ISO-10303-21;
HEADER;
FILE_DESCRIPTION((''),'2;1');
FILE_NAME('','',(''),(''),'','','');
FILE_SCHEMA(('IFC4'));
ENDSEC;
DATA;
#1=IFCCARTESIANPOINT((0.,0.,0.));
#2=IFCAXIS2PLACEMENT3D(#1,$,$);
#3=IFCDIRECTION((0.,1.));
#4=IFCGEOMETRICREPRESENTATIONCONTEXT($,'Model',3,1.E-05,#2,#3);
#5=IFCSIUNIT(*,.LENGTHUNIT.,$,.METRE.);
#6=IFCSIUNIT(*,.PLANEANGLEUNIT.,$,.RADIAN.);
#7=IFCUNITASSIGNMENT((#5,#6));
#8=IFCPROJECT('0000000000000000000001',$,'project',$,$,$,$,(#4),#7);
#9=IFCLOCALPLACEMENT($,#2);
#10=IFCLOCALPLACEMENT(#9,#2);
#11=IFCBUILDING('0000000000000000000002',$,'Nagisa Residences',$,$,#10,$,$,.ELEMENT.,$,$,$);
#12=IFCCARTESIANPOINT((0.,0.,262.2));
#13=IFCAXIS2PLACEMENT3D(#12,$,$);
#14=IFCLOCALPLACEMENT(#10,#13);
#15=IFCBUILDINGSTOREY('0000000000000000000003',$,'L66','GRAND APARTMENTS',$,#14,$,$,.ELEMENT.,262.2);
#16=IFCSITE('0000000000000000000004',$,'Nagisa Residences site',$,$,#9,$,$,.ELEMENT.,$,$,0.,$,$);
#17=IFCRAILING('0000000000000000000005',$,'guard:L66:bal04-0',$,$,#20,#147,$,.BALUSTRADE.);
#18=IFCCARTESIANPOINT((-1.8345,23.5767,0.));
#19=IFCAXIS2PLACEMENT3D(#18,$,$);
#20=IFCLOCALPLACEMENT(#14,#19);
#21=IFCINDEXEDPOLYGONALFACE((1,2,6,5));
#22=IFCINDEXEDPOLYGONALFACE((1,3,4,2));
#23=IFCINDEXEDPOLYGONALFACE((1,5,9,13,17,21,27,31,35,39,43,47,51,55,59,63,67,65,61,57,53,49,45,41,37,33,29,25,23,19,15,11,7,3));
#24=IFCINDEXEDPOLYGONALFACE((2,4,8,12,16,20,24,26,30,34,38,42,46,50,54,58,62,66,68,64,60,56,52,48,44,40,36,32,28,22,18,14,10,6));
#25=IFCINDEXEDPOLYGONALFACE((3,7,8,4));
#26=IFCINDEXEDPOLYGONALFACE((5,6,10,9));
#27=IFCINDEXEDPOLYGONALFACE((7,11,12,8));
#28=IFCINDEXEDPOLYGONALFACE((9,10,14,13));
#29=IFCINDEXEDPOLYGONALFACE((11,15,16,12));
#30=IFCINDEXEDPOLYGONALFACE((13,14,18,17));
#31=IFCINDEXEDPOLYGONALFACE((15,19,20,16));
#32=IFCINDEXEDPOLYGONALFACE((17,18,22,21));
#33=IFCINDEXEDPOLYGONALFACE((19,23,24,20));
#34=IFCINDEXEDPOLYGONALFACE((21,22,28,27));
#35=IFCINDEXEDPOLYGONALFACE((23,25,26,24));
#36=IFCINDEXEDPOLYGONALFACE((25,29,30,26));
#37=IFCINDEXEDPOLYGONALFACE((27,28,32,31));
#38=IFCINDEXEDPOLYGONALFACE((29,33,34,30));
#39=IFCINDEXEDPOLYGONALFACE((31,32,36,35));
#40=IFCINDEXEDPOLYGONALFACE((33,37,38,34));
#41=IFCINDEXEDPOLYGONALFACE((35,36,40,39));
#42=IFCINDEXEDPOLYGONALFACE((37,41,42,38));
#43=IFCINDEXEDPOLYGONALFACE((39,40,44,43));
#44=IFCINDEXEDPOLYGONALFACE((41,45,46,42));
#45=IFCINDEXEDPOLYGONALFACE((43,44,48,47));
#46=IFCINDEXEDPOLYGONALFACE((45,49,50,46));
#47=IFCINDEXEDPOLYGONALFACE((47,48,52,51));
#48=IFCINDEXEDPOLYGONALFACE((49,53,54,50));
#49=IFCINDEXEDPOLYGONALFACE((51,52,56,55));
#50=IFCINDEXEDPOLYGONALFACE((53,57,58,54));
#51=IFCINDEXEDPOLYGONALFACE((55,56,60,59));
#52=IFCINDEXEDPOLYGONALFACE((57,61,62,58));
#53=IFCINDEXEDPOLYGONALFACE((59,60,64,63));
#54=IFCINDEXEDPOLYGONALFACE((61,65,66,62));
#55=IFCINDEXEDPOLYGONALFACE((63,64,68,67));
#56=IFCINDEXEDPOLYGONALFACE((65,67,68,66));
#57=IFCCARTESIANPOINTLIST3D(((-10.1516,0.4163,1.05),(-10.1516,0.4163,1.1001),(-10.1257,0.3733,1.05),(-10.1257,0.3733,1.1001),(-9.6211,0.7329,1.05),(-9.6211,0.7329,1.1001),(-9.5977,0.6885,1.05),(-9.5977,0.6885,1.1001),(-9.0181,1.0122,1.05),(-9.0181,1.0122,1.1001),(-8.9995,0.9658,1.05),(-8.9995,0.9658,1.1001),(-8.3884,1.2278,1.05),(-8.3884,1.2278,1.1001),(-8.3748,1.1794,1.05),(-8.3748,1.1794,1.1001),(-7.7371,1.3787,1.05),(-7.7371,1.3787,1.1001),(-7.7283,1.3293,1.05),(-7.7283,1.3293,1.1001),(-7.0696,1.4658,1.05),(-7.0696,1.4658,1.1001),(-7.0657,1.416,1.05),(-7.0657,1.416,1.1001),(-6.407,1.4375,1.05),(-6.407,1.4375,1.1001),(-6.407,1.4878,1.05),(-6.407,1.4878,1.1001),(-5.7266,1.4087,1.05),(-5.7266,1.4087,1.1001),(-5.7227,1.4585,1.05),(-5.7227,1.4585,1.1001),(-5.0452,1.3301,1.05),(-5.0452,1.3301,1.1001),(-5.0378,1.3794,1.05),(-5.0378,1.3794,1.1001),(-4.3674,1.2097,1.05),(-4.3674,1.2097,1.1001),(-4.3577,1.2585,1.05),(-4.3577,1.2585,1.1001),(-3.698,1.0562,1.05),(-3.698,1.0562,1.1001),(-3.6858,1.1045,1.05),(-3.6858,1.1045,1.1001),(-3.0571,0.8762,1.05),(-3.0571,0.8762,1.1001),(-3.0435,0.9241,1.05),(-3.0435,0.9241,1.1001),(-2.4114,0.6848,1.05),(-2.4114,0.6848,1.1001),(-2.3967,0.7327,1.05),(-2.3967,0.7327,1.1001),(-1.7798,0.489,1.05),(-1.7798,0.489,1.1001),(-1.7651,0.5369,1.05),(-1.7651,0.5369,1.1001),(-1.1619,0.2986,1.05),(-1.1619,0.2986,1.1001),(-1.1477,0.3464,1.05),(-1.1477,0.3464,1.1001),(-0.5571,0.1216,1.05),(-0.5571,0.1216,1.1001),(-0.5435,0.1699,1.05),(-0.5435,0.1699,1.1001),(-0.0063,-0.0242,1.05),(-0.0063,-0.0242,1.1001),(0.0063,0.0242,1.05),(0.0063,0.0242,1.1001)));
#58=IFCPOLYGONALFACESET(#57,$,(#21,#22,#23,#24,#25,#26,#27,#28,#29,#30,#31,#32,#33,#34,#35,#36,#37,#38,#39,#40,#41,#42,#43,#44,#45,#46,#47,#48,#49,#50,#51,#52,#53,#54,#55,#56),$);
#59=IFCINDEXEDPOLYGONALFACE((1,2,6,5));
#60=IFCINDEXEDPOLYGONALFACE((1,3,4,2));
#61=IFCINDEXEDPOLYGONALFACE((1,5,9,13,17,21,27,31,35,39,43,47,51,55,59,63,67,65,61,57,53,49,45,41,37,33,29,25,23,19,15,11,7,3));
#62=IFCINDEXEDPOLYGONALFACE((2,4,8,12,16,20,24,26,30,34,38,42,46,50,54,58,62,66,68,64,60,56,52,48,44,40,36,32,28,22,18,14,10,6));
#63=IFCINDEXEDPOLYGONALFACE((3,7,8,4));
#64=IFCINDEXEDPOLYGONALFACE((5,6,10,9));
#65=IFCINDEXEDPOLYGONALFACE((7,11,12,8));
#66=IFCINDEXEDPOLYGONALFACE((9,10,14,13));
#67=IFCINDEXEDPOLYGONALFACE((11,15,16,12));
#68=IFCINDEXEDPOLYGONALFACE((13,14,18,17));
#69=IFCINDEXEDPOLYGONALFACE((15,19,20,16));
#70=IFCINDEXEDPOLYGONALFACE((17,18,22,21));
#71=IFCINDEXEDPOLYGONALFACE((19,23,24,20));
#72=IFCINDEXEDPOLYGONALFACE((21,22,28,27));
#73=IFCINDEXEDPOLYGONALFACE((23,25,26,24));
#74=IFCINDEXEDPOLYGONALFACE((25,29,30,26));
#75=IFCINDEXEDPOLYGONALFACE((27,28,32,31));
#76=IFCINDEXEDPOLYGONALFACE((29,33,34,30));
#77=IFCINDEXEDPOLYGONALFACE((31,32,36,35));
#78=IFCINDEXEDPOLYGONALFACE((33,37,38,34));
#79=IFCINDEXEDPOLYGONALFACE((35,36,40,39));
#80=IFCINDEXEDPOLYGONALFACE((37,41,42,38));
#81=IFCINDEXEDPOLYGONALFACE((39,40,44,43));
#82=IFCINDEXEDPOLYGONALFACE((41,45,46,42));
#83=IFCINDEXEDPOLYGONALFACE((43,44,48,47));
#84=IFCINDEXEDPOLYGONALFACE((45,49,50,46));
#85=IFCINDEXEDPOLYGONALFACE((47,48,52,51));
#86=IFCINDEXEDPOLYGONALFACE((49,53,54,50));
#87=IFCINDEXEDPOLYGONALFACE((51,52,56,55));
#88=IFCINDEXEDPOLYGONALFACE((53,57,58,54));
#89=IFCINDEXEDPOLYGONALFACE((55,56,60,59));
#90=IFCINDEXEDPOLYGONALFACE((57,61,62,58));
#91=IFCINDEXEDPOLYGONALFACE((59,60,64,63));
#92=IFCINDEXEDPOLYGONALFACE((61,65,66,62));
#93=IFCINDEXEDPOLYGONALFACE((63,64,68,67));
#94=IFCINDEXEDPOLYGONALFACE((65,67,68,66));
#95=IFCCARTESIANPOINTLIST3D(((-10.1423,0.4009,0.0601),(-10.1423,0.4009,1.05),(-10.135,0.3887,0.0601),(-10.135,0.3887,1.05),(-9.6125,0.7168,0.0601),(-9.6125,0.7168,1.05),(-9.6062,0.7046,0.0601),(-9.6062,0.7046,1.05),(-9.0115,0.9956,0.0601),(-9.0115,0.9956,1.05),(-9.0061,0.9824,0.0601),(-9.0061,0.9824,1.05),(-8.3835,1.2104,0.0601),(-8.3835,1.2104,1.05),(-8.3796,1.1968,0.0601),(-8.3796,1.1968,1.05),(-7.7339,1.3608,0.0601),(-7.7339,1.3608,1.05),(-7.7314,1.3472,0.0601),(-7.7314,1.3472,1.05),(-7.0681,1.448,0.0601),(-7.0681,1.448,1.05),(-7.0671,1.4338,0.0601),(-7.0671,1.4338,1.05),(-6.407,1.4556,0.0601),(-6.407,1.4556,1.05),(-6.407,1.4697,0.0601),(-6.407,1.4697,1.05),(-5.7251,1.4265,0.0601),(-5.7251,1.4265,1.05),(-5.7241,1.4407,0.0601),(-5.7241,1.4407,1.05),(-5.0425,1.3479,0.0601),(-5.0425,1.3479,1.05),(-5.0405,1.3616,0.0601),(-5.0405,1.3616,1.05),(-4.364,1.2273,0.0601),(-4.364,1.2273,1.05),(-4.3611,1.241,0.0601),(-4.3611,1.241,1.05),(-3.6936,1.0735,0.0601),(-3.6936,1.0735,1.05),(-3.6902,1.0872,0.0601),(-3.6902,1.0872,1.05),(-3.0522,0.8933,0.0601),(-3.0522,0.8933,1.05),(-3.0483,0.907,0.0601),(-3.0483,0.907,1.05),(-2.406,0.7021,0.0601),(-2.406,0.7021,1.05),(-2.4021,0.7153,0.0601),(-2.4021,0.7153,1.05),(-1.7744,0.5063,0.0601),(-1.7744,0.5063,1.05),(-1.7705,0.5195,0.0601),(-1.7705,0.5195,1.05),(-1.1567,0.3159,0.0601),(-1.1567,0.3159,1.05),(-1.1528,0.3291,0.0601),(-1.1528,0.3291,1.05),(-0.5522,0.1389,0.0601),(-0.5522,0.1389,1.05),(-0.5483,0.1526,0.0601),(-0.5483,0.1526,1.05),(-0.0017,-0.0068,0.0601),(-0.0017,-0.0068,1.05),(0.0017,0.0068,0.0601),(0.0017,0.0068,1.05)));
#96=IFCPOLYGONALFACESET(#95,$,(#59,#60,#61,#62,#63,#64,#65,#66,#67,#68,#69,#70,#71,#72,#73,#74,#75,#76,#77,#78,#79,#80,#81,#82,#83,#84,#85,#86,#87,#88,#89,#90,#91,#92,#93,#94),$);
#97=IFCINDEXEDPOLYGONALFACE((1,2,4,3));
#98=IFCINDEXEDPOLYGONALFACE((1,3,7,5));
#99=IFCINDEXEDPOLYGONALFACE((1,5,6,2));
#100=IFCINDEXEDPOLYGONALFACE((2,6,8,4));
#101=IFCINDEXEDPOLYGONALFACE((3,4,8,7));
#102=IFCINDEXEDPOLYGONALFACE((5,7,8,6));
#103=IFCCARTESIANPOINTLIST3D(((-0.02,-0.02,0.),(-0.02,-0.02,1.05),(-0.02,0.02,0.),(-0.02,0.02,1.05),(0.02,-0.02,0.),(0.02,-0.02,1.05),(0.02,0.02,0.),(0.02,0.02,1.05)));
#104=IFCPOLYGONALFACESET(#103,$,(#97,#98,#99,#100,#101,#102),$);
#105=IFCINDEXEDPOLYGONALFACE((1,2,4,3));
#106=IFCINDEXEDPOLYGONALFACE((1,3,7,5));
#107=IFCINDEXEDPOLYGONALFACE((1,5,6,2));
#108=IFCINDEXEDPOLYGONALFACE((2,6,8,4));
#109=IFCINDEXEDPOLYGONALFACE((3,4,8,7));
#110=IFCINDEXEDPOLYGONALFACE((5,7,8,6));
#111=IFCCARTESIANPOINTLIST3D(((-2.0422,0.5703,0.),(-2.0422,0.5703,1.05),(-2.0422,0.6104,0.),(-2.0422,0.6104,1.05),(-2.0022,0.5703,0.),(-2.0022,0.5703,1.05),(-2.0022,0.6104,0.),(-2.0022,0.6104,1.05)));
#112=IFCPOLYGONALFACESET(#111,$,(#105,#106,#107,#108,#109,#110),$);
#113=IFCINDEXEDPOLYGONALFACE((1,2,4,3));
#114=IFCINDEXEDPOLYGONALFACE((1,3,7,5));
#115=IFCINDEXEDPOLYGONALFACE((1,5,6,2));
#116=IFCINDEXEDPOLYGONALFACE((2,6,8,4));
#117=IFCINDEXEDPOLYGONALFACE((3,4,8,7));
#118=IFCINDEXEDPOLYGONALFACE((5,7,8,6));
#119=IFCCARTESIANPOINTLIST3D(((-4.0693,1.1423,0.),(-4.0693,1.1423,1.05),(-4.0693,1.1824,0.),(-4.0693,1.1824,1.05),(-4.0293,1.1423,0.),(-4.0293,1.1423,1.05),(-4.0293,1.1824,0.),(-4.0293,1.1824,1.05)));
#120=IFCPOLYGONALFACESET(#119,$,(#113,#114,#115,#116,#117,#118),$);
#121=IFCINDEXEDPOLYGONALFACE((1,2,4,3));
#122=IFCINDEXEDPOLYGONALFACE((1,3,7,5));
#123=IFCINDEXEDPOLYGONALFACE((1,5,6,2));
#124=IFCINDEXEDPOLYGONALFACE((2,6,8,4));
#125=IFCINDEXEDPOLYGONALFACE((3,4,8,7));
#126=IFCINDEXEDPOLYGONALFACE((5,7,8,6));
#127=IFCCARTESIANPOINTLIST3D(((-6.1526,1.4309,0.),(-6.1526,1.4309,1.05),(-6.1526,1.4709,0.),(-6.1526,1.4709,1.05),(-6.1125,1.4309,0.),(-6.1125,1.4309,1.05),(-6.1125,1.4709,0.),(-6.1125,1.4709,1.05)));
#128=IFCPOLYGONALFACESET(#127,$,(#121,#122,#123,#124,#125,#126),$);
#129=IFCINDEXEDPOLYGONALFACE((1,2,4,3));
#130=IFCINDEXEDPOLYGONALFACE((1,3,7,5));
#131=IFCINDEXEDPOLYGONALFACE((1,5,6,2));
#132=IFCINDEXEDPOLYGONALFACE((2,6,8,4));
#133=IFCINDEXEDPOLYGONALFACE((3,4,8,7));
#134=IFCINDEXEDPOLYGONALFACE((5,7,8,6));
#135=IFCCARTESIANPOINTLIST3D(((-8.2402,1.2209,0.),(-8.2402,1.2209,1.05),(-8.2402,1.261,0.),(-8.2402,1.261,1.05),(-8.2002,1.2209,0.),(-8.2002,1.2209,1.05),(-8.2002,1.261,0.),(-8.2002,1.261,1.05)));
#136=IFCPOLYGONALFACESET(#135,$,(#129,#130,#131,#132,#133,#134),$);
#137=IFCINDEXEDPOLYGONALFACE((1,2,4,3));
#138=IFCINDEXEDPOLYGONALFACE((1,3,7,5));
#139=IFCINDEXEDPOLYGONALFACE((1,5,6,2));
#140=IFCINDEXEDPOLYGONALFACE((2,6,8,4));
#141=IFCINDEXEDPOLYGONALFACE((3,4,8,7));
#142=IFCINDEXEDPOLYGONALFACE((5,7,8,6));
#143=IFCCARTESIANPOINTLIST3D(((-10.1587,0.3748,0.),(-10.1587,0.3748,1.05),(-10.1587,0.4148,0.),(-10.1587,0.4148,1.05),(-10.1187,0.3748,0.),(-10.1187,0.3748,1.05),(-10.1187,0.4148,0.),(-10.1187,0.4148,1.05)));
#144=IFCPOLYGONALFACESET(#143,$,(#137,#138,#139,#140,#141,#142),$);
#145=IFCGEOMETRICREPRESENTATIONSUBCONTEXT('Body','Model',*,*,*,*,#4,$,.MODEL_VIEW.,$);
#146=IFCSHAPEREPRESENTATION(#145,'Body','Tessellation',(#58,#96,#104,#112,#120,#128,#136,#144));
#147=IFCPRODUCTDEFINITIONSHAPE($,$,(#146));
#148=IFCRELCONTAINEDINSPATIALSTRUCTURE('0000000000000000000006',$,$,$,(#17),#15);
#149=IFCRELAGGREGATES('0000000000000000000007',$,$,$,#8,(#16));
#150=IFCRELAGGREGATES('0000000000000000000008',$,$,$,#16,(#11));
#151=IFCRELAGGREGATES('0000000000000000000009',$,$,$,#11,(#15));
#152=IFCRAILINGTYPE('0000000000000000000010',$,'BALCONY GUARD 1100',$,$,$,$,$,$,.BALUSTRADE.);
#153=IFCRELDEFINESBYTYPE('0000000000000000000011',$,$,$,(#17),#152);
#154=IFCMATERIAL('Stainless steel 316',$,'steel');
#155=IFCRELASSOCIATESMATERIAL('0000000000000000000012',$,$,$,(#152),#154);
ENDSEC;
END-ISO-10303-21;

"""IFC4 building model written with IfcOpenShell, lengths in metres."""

from ifc_helpers import new_model, si_unit, direction, frame, origin, origin_2d, place, context, subcontext, project, spatial, polyline, rectangle, outline, extrude, material, type_object, element, save


model = new_model("IFC4")

# Units and contexts
model_context = context("Model", 3, precision=1e-05, world=origin(), true_north=direction((0.0, 1.0)))
body_context = subcontext(model_context, "Body", "Model", "MODEL_VIEW")
ifc_project = project(units=[si_unit("LENGTHUNIT", "METRE"), si_unit("PLANEANGLEUNIT", "RADIAN")], contexts=[model_context])

# Site, building, storey
site_placement = place(None, origin())
site = spatial("IfcSite", under=ifc_project, at=site_placement, Name="Nagisa Residences site", CompositionType="ELEMENT", RefElevation=0.0)
building_placement = place(site_placement, origin())
building = spatial("IfcBuilding", under=site, at=building_placement, Name="Nagisa Residences", CompositionType="ELEMENT")
storey_placement = place(building_placement, frame((0.0, 0.0, 262.2)))
storey = spatial("IfcBuildingStorey", under=building, at=storey_placement, Name="L66", Description="GRAND APARTMENTS", CompositionType="ELEMENT", Elevation=262.2)

# Railing
ifc_material_1 = material(Name="Stainless steel 316", Category="steel")
railing_type = type_object("IfcRailingType", Name="BALCONY GUARD 1100", PredefinedType="BALUSTRADE", material=ifc_material_1)
railing_placement = place(storey_placement, frame((-1.8345, 23.5767, 0.0)))
element("IfcRailing", 1, at=railing_placement, inside=storey, type_object=railing_type, Name="guard:L66:bal04-0", PredefinedType="BALUSTRADE", context=body_context, shape_type="SweptSolid", body=[
    extrude(outline(polyline([(-0.5571, 0.1216), (-0.0063, -0.0242), (0.0063, 0.0242), (-0.5435, 0.1699), (-1.1477, 0.3464), (-1.7651, 0.5369), (-2.3967, 0.7327), (-3.0435, 0.9241), (-3.6858, 1.1045), (-4.3577, 1.2585), (-5.0378, 1.3794), (-5.7227, 1.4585), (-6.407, 1.4878), (-7.0696, 1.4658), (-7.7371, 1.3787), (-8.3884, 1.2278), (-9.0181, 1.0122), (-9.6211, 0.7329), (-10.1516, 0.4163), (-10.1257, 0.3733), (-9.5977, 0.6885), (-8.9995, 0.9658), (-8.3748, 1.1794), (-7.7283, 1.3293), (-7.0657, 1.416), (-6.407, 1.4375), (-5.7266, 1.4087), (-5.0452, 1.3301), (-4.3674, 1.2097), (-3.698, 1.0562), (-3.0571, 0.8762), (-2.4114, 0.6848), (-1.7798, 0.489), (-1.1619, 0.2986), (-0.5571, 0.1216)])), frame((0.0, 0.0, 1.05)), (0.0, 0.0, 1.0), 0.05),
    extrude(outline(polyline([(-0.5522, 0.1389), (-0.0017, -0.0068), (0.0017, 0.0068), (-0.5483, 0.1526), (-1.1528, 0.3291), (-1.7705, 0.5195), (-2.4021, 0.7153), (-3.0483, 0.907), (-3.6902, 1.0872), (-4.3611, 1.241), (-5.0405, 1.3616), (-5.7241, 1.4407), (-6.407, 1.4697), (-7.0681, 1.448), (-7.7339, 1.3608), (-8.3835, 1.2104), (-9.0115, 0.9956), (-9.6125, 0.7168), (-10.1423, 0.4009), (-10.135, 0.3887), (-9.6062, 0.7046), (-9.0061, 0.9824), (-8.3796, 1.1968), (-7.7314, 1.3472), (-7.0671, 1.4338), (-6.407, 1.4556), (-5.7251, 1.4265), (-5.0425, 1.3479), (-4.364, 1.2273), (-3.6936, 1.0735), (-3.0522, 0.8933), (-2.406, 0.7021), (-1.7744, 0.5063), (-1.1567, 0.3159), (-0.5522, 0.1389)])), frame((0.0, 0.0, 0.0601)), (0.0, 0.0, 1.0), 0.99),
    extrude(rectangle(XDim=0.04, YDim=0.04, at=origin_2d()), origin(), (0.0, 0.0, 1.0), 1.05),
    extrude(rectangle(XDim=0.04, YDim=0.04, at=origin_2d()), frame((-2.0222, 0.5903, 0.0)), (0.0, 0.0, 1.0), 1.05),
    extrude(rectangle(XDim=0.04, YDim=0.04, at=origin_2d()), frame((-4.0493, 1.1624, 0.0)), (0.0, 0.0, 1.0), 1.05),
    extrude(rectangle(XDim=0.04, YDim=0.04, at=origin_2d()), frame((-6.1326, 1.4509, 0.0)), (0.0, 0.0, 1.0), 1.05),
    extrude(rectangle(XDim=0.04, YDim=0.04, at=origin_2d()), frame((-8.2202, 1.241, 0.0)), (0.0, 0.0, 1.0), 1.05),
    extrude(rectangle(XDim=0.04, YDim=0.04, at=origin_2d()), frame((-10.1387, 0.3948, 0.0)), (0.0, 0.0, 1.0), 1.05),
])

save(model, "model.ifc")
